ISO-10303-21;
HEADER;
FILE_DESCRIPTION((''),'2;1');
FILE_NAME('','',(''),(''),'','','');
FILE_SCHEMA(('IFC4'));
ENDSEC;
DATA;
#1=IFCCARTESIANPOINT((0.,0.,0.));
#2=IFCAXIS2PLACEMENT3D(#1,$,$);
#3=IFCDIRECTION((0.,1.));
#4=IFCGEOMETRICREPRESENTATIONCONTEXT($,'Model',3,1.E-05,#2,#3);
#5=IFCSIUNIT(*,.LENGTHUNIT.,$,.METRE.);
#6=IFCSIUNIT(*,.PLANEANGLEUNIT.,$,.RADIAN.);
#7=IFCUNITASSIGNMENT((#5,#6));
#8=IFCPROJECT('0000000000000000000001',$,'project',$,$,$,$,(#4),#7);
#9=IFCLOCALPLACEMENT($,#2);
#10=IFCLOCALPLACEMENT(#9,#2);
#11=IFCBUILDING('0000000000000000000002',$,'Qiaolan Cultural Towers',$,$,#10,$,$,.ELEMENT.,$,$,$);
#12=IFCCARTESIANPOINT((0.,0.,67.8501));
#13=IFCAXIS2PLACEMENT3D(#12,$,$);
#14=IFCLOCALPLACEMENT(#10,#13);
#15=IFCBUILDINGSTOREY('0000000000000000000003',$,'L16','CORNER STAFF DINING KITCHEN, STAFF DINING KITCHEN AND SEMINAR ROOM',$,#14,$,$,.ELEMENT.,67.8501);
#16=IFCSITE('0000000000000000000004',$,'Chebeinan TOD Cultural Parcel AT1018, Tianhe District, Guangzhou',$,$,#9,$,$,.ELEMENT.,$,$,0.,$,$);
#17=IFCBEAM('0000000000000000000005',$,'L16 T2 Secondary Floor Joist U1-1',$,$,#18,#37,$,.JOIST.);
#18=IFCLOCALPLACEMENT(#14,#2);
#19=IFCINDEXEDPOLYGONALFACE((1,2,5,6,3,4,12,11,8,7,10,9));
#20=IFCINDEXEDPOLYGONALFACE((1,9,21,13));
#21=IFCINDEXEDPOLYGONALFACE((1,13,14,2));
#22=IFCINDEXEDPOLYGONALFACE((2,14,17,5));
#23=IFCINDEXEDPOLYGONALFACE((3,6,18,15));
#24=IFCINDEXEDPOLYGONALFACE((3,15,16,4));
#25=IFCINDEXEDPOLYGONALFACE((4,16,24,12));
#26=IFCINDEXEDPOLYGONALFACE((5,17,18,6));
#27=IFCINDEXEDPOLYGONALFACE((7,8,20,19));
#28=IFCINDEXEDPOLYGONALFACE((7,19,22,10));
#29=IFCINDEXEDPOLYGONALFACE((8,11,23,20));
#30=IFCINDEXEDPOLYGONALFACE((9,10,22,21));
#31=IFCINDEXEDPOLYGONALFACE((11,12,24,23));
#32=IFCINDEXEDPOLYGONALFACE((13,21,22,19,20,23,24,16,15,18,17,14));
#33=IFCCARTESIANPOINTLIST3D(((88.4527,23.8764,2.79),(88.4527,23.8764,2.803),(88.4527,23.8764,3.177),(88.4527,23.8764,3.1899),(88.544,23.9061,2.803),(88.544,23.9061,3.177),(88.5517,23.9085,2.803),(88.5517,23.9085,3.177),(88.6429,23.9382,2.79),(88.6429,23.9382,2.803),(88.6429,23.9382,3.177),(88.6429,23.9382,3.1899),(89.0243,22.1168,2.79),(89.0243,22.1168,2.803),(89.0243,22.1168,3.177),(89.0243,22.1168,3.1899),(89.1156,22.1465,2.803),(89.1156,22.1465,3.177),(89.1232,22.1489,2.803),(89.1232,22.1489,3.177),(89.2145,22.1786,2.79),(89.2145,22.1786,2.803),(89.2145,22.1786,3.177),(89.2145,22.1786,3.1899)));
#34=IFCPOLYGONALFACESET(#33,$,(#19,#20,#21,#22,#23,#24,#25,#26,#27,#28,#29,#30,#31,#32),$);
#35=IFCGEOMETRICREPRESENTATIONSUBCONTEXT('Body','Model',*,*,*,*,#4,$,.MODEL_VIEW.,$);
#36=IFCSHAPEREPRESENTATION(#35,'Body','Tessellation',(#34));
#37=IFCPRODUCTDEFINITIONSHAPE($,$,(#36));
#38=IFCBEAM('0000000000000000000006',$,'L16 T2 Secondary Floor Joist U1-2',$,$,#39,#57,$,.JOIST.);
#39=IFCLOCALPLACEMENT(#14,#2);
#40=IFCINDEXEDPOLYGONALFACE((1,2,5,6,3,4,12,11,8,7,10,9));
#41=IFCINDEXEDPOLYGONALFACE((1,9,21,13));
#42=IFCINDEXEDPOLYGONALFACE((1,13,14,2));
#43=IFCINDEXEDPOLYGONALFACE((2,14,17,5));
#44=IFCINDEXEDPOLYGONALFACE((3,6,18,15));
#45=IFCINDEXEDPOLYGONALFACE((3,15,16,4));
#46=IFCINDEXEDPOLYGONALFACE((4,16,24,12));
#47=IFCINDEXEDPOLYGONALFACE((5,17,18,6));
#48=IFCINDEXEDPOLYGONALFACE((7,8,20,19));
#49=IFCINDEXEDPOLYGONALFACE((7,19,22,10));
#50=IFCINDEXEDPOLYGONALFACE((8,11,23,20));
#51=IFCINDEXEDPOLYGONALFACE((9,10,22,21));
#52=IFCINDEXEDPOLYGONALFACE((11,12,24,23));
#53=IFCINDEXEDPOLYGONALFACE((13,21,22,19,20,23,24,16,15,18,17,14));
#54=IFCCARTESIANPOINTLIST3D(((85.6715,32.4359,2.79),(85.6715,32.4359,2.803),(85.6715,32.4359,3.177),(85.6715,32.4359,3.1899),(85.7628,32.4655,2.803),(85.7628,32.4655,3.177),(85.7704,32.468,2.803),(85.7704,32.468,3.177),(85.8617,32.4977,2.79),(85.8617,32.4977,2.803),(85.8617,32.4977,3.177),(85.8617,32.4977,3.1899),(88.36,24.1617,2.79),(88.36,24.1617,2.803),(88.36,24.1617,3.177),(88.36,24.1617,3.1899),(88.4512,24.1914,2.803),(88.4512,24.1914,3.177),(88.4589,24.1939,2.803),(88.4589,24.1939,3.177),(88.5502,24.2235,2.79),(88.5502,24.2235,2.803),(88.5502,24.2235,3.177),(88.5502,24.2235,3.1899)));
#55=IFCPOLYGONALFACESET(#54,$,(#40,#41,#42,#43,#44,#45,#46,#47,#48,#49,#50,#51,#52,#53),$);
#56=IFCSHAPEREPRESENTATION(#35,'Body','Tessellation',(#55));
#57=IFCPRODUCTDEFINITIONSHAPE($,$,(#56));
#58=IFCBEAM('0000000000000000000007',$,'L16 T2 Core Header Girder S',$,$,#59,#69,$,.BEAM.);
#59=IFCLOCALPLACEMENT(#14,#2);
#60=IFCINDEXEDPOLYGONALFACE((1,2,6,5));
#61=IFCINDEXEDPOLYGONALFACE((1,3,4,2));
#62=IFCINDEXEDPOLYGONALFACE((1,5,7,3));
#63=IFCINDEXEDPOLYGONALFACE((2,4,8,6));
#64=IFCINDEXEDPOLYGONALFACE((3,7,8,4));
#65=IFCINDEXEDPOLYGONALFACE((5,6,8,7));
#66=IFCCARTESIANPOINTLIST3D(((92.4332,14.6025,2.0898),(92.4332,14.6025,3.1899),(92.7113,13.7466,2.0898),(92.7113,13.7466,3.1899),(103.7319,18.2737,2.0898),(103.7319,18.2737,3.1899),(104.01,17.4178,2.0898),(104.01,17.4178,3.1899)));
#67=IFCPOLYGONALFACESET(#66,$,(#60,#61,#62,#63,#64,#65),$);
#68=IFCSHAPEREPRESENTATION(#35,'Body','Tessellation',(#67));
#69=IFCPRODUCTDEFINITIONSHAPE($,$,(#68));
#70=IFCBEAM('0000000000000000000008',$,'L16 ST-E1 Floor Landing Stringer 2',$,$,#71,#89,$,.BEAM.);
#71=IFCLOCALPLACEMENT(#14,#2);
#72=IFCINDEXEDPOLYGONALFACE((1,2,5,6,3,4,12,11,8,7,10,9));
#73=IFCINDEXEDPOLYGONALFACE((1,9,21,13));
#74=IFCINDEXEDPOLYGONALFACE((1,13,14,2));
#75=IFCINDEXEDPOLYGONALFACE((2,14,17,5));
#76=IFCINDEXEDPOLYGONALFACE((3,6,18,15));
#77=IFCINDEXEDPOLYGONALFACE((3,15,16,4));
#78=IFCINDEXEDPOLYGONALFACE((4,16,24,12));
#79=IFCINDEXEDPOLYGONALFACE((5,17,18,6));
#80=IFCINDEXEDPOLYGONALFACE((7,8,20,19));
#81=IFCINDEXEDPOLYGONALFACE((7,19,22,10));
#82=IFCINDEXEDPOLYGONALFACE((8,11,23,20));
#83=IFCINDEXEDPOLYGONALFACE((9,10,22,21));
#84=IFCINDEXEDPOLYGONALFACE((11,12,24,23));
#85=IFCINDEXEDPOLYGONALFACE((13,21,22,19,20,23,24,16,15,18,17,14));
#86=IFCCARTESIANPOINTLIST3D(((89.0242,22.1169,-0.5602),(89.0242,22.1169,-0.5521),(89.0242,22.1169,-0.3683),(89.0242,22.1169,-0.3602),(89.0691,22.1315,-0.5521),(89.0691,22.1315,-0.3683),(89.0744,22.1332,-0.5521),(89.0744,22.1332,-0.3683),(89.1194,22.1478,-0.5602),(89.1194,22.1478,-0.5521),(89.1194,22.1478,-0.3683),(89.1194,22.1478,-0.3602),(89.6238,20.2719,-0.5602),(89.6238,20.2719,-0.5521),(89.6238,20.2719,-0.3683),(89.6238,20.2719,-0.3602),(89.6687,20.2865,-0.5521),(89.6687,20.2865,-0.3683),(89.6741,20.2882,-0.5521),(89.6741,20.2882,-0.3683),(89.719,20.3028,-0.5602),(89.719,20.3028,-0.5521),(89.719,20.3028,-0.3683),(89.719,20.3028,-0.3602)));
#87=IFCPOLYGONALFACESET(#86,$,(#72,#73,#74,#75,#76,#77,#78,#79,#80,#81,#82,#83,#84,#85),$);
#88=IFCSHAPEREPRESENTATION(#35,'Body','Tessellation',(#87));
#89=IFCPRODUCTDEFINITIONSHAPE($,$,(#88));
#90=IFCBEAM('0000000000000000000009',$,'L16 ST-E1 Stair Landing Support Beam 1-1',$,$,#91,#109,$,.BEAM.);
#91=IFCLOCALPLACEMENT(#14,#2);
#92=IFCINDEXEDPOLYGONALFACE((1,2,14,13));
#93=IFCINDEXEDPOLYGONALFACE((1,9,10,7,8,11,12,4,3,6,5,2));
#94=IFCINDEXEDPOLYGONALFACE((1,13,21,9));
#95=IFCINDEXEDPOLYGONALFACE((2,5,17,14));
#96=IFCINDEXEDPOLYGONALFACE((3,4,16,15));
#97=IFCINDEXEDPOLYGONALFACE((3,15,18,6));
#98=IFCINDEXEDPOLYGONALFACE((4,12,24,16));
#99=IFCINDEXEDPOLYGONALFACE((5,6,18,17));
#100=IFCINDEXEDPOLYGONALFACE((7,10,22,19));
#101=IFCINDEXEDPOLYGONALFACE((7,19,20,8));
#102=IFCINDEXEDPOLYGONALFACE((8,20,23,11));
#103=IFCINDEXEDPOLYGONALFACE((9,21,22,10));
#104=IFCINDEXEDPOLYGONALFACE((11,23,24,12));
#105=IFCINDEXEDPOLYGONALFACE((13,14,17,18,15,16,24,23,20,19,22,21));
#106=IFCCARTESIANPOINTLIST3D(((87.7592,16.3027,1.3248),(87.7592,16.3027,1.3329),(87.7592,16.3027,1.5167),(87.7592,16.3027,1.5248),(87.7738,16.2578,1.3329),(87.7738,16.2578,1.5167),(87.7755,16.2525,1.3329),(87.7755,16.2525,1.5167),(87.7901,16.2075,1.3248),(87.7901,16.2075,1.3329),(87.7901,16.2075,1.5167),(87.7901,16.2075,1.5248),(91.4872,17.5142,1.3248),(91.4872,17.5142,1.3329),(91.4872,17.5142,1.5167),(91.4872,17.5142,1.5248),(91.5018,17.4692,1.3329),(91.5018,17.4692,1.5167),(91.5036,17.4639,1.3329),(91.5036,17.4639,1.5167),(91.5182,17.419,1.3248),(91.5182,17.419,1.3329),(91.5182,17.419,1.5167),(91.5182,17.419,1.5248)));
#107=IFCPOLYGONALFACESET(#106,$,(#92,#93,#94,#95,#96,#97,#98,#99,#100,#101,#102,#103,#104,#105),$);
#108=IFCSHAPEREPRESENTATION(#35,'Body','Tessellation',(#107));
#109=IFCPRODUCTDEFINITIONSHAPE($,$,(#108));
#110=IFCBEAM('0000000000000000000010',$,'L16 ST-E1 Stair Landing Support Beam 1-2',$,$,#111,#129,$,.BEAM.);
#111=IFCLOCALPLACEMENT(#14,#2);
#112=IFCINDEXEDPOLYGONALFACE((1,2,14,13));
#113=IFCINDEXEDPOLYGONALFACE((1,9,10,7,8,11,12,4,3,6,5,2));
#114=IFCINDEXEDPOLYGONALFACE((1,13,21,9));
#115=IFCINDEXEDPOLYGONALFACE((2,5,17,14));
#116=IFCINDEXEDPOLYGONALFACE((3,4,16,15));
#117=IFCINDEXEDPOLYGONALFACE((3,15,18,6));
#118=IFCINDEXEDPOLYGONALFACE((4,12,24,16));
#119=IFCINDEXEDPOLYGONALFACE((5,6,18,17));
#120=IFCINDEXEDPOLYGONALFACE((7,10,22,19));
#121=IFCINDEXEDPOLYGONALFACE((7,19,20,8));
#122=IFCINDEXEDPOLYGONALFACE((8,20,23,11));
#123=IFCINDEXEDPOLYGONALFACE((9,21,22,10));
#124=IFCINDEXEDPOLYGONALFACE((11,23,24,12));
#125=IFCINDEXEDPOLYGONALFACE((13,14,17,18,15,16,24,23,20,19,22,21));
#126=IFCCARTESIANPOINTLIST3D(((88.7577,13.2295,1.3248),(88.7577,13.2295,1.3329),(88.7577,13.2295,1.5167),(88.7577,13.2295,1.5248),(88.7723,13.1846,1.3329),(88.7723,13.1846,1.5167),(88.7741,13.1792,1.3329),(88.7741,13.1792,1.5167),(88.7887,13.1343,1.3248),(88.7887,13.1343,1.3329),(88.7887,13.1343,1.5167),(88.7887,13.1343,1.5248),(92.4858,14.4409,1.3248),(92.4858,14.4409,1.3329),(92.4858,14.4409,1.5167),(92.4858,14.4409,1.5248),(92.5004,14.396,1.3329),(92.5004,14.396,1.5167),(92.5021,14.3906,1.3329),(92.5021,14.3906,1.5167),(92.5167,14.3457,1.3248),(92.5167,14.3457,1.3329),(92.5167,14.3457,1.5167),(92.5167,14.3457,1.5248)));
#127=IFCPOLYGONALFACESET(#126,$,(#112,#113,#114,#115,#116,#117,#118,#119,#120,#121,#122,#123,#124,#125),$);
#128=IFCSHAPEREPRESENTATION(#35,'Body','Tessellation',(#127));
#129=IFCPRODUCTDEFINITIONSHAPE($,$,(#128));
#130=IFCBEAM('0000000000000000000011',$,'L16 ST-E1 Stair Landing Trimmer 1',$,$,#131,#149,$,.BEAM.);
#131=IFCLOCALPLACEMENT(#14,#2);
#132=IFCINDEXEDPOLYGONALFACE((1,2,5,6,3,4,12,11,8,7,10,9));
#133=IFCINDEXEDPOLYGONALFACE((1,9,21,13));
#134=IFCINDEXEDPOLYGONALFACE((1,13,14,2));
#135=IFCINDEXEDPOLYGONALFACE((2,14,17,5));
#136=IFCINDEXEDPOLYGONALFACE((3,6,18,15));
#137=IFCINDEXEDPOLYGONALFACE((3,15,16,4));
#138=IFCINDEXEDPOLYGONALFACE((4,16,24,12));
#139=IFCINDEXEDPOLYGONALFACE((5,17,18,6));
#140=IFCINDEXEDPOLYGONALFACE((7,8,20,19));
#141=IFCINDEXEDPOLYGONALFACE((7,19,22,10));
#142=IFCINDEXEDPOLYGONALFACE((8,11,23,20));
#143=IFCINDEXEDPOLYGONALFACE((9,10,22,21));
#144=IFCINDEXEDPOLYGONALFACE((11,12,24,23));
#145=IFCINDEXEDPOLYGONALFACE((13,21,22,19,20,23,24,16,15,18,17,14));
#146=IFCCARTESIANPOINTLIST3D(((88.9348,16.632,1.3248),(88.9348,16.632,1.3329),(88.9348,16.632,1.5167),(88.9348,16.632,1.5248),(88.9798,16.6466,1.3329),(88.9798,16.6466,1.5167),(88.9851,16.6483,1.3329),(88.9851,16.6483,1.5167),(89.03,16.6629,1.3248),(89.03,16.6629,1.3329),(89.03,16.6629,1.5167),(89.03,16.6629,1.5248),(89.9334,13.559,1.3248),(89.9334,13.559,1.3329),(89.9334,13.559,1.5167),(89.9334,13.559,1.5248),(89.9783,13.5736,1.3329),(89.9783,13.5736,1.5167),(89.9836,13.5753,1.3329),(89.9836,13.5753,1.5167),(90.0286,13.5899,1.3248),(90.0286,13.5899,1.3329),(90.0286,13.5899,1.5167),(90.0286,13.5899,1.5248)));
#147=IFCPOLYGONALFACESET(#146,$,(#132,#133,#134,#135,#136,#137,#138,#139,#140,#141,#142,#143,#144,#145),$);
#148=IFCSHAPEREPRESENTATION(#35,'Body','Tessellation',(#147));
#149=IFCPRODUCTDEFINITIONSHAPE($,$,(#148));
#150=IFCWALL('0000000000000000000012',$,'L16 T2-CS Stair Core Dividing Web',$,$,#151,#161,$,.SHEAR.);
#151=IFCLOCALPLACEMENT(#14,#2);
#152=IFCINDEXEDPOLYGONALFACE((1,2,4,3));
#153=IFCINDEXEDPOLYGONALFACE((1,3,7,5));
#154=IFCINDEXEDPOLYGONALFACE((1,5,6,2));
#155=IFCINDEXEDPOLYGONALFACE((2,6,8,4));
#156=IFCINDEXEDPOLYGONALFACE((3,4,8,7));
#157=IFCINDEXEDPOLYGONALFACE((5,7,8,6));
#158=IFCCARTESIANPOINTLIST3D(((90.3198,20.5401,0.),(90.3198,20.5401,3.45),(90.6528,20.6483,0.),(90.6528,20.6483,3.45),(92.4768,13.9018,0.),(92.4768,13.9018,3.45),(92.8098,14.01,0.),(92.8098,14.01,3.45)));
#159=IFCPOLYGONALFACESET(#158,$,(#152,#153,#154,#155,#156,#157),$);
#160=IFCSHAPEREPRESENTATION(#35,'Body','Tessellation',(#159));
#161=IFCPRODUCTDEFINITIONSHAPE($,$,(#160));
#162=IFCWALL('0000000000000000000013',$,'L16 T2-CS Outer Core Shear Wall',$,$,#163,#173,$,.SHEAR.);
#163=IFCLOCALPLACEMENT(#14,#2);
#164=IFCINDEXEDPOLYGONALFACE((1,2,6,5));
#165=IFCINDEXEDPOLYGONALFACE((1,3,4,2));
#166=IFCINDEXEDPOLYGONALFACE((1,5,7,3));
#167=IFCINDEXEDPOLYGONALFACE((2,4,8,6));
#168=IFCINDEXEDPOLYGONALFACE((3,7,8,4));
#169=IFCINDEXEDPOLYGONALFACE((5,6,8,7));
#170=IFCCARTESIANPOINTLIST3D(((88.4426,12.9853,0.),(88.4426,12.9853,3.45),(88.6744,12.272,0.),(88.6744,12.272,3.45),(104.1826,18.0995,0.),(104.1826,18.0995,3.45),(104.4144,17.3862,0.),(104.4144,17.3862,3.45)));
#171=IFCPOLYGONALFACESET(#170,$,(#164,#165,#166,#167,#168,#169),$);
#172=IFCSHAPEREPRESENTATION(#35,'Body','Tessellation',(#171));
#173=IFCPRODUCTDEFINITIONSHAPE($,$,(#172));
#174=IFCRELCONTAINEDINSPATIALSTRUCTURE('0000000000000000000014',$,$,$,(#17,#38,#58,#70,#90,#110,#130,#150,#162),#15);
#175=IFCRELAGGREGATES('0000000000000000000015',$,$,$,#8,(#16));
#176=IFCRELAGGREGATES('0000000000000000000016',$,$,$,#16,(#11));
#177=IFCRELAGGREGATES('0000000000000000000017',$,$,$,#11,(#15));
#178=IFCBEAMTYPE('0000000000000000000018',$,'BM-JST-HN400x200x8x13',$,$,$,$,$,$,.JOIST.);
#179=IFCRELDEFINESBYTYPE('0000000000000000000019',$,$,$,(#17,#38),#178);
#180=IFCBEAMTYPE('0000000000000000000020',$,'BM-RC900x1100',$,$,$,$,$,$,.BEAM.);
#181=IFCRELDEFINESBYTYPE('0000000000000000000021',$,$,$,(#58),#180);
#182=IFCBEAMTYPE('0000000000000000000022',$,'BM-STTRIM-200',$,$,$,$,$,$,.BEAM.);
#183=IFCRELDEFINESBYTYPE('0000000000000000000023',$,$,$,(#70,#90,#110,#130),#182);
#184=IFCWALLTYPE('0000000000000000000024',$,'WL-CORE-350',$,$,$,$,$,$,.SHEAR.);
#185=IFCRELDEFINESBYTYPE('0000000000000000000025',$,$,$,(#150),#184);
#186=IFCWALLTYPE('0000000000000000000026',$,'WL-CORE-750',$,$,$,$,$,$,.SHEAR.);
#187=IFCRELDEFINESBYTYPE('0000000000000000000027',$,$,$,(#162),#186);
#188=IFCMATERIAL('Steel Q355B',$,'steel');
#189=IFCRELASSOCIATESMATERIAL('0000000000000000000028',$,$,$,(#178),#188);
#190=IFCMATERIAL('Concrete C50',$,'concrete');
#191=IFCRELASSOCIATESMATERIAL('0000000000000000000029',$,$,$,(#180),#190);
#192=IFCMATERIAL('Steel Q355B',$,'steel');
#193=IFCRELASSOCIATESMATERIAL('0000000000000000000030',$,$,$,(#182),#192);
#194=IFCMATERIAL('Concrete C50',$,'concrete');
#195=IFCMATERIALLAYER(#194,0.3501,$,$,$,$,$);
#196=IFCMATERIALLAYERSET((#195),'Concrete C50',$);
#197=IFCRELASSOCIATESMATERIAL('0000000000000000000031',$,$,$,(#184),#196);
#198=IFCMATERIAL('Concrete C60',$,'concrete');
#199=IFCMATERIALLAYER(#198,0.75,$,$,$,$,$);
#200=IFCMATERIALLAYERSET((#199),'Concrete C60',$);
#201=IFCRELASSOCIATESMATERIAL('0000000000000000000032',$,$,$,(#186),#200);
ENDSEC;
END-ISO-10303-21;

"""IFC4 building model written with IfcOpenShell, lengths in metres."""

from ifc_helpers import new_model, si_unit, direction, frame, frame_2d, origin, origin_2d, place, context, subcontext, project, spatial, rectangle, i_section, extrude, material, layer, layer_set, material_profile, profile_set, type_object, element, save


model = new_model("IFC4")

# Units and contexts
model_context = context("Model", 3, precision=1e-05, world=origin(), true_north=direction((0.0, 1.0)))
body_context = subcontext(model_context, "Body", "Model", "MODEL_VIEW")
ifc_project = project(units=[si_unit("LENGTHUNIT", "METRE"), si_unit("PLANEANGLEUNIT", "RADIAN")], contexts=[model_context])

# Site, building, storey
site_placement = place(None, origin())
site = spatial("IfcSite", under=ifc_project, at=site_placement, Name="Chebeinan TOD Cultural Parcel AT1018, Tianhe District, Guangzhou", CompositionType="ELEMENT", RefElevation=0.0)
building_placement = place(site_placement, origin())
building = spatial("IfcBuilding", under=site, at=building_placement, Name="Qiaolan Cultural Towers", CompositionType="ELEMENT")
storey_placement = place(building_placement, frame((0.0, 0.0, 67.8501)))
storey = spatial("IfcBuildingStorey", under=building, at=storey_placement, Name="L16", Description="CORNER STAFF DINING KITCHEN, STAFF DINING KITCHEN AND SEMINAR ROOM", CompositionType="ELEMENT", Elevation=67.8501)

# Beams
ifc_material_1 = material(Name="Steel Q355B", Category="steel")
ifc_material_profile_1 = material_profile(ifc_material_1, i_section(OverallWidth=0.2, OverallDepth=0.3999, WebThickness=0.0081, FlangeThickness=0.0129, at=origin_2d()), Name="HN400x200x8x13")
ifc_profile_set_1 = profile_set([ifc_material_profile_1], Name="Steel Q355B")
beam_type_1 = type_object("IfcBeamType", Name="BM-JST-HN400x200x8x13", PredefinedType="JOIST", material=ifc_profile_set_1)
beam_1_placement = place(storey_placement, frame((89.1194, 22.1477, 2.99), z_axis=(-0.308934, 0.951084, 0.0), x_axis=(-0.951084, -0.308934, 0.0)))
element("IfcBeam", 1, at=beam_1_placement, inside=storey, type_object=beam_type_1, Name="L16 T2 Secondary Floor Joist U1-1", PredefinedType="JOIST", context=body_context, shape_type="SweptSolid", body=[
    extrude(i_section(OverallWidth=0.2, OverallDepth=0.3999, WebThickness=0.0081, FlangeThickness=0.0129, at=origin_2d()), origin(), (0.0, 0.0, 1.0), 1.8501),
])
beam_2_placement = place(storey_placement, frame((88.4551, 24.1926, 2.99), z_axis=(-0.309021, 0.951055, 0.0), x_axis=(-0.951055, -0.309021, 0.0)))
element("IfcBeam", 2, at=beam_2_placement, inside=storey, type_object=beam_type_1, Name="L16 T2 Secondary Floor Joist U1-2", PredefinedType="JOIST", context=body_context, shape_type="SweptSolid", body=[
    extrude(i_section(OverallWidth=0.2, OverallDepth=0.3999, WebThickness=0.0081, FlangeThickness=0.0129, at=origin_2d()), origin(), (0.0, 0.0, 1.0), 8.7),
])
ifc_material_2 = material(Name="Concrete C50", Category="concrete")
ifc_material_profile_2 = material_profile(ifc_material_2, rectangle(XDim=0.8999, YDim=1.1001, at=origin_2d()), Name="RC900x1100")
ifc_profile_set_2 = profile_set([ifc_material_profile_2], Name="Concrete C50")
beam_type_2 = type_object("IfcBeamType", Name="BM-RC900x1100", PredefinedType="BEAM", material=ifc_profile_set_2)
beam_3_placement = place(storey_placement, frame((92.5723, 14.1746, 2.6399), z_axis=(0.951056, 0.309018, 0.0), x_axis=(-0.309018, 0.951056, 0.0)))
element("IfcBeam", 3, at=beam_3_placement, inside=storey, type_object=beam_type_2, Name="L16 T2 Core Header Girder S", PredefinedType="BEAM", context=body_context, shape_type="SweptSolid", body=[
    extrude(rectangle(XDim=0.8999, YDim=1.1001, at=origin_2d()), origin(), (0.0, 0.0, 1.0), 11.8801),
])
ifc_material_3 = material(Name="Steel Q355B", Category="steel")
ifc_material_profile_3 = material_profile(ifc_material_3, i_section(OverallWidth=0.1001, OverallDepth=0.2, WebThickness=0.0056, FlangeThickness=0.0081, at=origin_2d()), Name="HN200x100x5.5x8")
ifc_profile_set_3 = profile_set([ifc_material_profile_3], Name="Steel Q355B")
beam_type_3 = type_object("IfcBeamType", Name="BM-STTRIM-200", PredefinedType="BEAM", material=ifc_profile_set_3)
beam_4_placement = place(storey_placement, frame((89.0718, 22.1323, -0.4602), z_axis=(0.309083, -0.951035, 0.0), x_axis=(0.951035, 0.309083, 0.0)))
element("IfcBeam", 4, at=beam_4_placement, inside=storey, type_object=beam_type_3, Name="L16 ST-E1 Floor Landing Stringer 2", PredefinedType="BEAM", context=body_context, shape_type="SweptSolid", body=[
    extrude(i_section(OverallWidth=0.1001, OverallDepth=0.2, WebThickness=0.0056, FlangeThickness=0.0081, at=origin_2d()), origin(), (0.0, 0.0, 1.0), 1.9399),
])
for number, where, z_axis, x_axis, name in (
    (5, (87.7747, 16.2551, 1.4248), (0.951048, 0.309044, 0.0), (-0.309044, 0.951048, 0.0), "L16 ST-E1 Stair Landing Support Beam 1-1"),
    (6, (88.7732, 13.1819, 1.4248), (0.951048, 0.309044, 0.0), (-0.309044, 0.951048, 0.0), "L16 ST-E1 Stair Landing Support Beam 1-2"),
):
    element("IfcBeam", number, at=place(storey_placement, frame(where, z_axis=z_axis, x_axis=x_axis)), inside=storey, type_object=beam_type_3, Name=name, PredefinedType="BEAM", context=body_context, shape_type="SweptSolid", body=[
        extrude(i_section(OverallWidth=0.1001, OverallDepth=0.2, WebThickness=0.0056, FlangeThickness=0.0081, at=origin_2d()), origin(), (0.0, 0.0, 1.0), 3.9199),
    ])
beam_5_placement = place(storey_placement, frame((88.9824, 16.6475, 1.4248), z_axis=(0.309033, -0.951051, 0.0), x_axis=(0.951051, 0.309033, 0.0)))
element("IfcBeam", 7, at=beam_5_placement, inside=storey, type_object=beam_type_3, Name="L16 ST-E1 Stair Landing Trimmer 1", PredefinedType="BEAM", context=body_context, shape_type="SweptSolid", body=[
    extrude(i_section(OverallWidth=0.1001, OverallDepth=0.2, WebThickness=0.0056, FlangeThickness=0.0081, at=origin_2d()), origin(), (0.0, 0.0, 1.0), 3.2312),
])

# Walls
ifc_material_4 = material(Name="Concrete C50", Category="concrete")
ifc_layer_1 = layer(ifc_material_4, 0.3501)
ifc_layer_set_1 = layer_set([ifc_layer_1], Name="Concrete C50")
wall_type_1 = type_object("IfcWallType", Name="WL-CORE-350", PredefinedType="SHEAR", material=ifc_layer_set_1)
wall_1_placement = place(storey_placement, frame((90.4863, 20.5942, 0.0), z_axis=(0.0, 0.0, 1.0), x_axis=(0.30902, -0.951055, 0.0)))
element("IfcWall", 8, at=wall_1_placement, inside=storey, type_object=wall_type_1, Name="L16 T2-CS Stair Core Dividing Web", PredefinedType="SHEAR", context=body_context, shape_type="SweptSolid", body=[
    extrude(rectangle(XDim=6.98, YDim=0.3501, at=frame_2d((3.49, 0.0))), origin(), (0.0, 0.0, 1.0), 3.45),
])
ifc_material_5 = material(Name="Concrete C60", Category="concrete")
ifc_layer_2 = layer(ifc_material_5, 0.75)
ifc_layer_set_2 = layer_set([ifc_layer_2], Name="Concrete C60")
wall_type_2 = type_object("IfcWallType", Name="WL-CORE-750", PredefinedType="SHEAR", material=ifc_layer_set_2)
wall_2_placement = place(storey_placement, frame((88.5586, 12.6287, 0.0), z_axis=(0.0, 0.0, 1.0), x_axis=(0.951056, 0.309018, 0.0)))
element("IfcWall", 9, at=wall_2_placement, inside=storey, type_object=wall_type_2, Name="L16 T2-CS Outer Core Shear Wall", PredefinedType="SHEAR", context=body_context, shape_type="SweptSolid", body=[
    extrude(rectangle(XDim=16.55, YDim=0.75, at=frame_2d((8.2749, 0.0))), origin(), (0.0, 0.0, 1.0), 3.45),
])

save(model, "model.ifc")
